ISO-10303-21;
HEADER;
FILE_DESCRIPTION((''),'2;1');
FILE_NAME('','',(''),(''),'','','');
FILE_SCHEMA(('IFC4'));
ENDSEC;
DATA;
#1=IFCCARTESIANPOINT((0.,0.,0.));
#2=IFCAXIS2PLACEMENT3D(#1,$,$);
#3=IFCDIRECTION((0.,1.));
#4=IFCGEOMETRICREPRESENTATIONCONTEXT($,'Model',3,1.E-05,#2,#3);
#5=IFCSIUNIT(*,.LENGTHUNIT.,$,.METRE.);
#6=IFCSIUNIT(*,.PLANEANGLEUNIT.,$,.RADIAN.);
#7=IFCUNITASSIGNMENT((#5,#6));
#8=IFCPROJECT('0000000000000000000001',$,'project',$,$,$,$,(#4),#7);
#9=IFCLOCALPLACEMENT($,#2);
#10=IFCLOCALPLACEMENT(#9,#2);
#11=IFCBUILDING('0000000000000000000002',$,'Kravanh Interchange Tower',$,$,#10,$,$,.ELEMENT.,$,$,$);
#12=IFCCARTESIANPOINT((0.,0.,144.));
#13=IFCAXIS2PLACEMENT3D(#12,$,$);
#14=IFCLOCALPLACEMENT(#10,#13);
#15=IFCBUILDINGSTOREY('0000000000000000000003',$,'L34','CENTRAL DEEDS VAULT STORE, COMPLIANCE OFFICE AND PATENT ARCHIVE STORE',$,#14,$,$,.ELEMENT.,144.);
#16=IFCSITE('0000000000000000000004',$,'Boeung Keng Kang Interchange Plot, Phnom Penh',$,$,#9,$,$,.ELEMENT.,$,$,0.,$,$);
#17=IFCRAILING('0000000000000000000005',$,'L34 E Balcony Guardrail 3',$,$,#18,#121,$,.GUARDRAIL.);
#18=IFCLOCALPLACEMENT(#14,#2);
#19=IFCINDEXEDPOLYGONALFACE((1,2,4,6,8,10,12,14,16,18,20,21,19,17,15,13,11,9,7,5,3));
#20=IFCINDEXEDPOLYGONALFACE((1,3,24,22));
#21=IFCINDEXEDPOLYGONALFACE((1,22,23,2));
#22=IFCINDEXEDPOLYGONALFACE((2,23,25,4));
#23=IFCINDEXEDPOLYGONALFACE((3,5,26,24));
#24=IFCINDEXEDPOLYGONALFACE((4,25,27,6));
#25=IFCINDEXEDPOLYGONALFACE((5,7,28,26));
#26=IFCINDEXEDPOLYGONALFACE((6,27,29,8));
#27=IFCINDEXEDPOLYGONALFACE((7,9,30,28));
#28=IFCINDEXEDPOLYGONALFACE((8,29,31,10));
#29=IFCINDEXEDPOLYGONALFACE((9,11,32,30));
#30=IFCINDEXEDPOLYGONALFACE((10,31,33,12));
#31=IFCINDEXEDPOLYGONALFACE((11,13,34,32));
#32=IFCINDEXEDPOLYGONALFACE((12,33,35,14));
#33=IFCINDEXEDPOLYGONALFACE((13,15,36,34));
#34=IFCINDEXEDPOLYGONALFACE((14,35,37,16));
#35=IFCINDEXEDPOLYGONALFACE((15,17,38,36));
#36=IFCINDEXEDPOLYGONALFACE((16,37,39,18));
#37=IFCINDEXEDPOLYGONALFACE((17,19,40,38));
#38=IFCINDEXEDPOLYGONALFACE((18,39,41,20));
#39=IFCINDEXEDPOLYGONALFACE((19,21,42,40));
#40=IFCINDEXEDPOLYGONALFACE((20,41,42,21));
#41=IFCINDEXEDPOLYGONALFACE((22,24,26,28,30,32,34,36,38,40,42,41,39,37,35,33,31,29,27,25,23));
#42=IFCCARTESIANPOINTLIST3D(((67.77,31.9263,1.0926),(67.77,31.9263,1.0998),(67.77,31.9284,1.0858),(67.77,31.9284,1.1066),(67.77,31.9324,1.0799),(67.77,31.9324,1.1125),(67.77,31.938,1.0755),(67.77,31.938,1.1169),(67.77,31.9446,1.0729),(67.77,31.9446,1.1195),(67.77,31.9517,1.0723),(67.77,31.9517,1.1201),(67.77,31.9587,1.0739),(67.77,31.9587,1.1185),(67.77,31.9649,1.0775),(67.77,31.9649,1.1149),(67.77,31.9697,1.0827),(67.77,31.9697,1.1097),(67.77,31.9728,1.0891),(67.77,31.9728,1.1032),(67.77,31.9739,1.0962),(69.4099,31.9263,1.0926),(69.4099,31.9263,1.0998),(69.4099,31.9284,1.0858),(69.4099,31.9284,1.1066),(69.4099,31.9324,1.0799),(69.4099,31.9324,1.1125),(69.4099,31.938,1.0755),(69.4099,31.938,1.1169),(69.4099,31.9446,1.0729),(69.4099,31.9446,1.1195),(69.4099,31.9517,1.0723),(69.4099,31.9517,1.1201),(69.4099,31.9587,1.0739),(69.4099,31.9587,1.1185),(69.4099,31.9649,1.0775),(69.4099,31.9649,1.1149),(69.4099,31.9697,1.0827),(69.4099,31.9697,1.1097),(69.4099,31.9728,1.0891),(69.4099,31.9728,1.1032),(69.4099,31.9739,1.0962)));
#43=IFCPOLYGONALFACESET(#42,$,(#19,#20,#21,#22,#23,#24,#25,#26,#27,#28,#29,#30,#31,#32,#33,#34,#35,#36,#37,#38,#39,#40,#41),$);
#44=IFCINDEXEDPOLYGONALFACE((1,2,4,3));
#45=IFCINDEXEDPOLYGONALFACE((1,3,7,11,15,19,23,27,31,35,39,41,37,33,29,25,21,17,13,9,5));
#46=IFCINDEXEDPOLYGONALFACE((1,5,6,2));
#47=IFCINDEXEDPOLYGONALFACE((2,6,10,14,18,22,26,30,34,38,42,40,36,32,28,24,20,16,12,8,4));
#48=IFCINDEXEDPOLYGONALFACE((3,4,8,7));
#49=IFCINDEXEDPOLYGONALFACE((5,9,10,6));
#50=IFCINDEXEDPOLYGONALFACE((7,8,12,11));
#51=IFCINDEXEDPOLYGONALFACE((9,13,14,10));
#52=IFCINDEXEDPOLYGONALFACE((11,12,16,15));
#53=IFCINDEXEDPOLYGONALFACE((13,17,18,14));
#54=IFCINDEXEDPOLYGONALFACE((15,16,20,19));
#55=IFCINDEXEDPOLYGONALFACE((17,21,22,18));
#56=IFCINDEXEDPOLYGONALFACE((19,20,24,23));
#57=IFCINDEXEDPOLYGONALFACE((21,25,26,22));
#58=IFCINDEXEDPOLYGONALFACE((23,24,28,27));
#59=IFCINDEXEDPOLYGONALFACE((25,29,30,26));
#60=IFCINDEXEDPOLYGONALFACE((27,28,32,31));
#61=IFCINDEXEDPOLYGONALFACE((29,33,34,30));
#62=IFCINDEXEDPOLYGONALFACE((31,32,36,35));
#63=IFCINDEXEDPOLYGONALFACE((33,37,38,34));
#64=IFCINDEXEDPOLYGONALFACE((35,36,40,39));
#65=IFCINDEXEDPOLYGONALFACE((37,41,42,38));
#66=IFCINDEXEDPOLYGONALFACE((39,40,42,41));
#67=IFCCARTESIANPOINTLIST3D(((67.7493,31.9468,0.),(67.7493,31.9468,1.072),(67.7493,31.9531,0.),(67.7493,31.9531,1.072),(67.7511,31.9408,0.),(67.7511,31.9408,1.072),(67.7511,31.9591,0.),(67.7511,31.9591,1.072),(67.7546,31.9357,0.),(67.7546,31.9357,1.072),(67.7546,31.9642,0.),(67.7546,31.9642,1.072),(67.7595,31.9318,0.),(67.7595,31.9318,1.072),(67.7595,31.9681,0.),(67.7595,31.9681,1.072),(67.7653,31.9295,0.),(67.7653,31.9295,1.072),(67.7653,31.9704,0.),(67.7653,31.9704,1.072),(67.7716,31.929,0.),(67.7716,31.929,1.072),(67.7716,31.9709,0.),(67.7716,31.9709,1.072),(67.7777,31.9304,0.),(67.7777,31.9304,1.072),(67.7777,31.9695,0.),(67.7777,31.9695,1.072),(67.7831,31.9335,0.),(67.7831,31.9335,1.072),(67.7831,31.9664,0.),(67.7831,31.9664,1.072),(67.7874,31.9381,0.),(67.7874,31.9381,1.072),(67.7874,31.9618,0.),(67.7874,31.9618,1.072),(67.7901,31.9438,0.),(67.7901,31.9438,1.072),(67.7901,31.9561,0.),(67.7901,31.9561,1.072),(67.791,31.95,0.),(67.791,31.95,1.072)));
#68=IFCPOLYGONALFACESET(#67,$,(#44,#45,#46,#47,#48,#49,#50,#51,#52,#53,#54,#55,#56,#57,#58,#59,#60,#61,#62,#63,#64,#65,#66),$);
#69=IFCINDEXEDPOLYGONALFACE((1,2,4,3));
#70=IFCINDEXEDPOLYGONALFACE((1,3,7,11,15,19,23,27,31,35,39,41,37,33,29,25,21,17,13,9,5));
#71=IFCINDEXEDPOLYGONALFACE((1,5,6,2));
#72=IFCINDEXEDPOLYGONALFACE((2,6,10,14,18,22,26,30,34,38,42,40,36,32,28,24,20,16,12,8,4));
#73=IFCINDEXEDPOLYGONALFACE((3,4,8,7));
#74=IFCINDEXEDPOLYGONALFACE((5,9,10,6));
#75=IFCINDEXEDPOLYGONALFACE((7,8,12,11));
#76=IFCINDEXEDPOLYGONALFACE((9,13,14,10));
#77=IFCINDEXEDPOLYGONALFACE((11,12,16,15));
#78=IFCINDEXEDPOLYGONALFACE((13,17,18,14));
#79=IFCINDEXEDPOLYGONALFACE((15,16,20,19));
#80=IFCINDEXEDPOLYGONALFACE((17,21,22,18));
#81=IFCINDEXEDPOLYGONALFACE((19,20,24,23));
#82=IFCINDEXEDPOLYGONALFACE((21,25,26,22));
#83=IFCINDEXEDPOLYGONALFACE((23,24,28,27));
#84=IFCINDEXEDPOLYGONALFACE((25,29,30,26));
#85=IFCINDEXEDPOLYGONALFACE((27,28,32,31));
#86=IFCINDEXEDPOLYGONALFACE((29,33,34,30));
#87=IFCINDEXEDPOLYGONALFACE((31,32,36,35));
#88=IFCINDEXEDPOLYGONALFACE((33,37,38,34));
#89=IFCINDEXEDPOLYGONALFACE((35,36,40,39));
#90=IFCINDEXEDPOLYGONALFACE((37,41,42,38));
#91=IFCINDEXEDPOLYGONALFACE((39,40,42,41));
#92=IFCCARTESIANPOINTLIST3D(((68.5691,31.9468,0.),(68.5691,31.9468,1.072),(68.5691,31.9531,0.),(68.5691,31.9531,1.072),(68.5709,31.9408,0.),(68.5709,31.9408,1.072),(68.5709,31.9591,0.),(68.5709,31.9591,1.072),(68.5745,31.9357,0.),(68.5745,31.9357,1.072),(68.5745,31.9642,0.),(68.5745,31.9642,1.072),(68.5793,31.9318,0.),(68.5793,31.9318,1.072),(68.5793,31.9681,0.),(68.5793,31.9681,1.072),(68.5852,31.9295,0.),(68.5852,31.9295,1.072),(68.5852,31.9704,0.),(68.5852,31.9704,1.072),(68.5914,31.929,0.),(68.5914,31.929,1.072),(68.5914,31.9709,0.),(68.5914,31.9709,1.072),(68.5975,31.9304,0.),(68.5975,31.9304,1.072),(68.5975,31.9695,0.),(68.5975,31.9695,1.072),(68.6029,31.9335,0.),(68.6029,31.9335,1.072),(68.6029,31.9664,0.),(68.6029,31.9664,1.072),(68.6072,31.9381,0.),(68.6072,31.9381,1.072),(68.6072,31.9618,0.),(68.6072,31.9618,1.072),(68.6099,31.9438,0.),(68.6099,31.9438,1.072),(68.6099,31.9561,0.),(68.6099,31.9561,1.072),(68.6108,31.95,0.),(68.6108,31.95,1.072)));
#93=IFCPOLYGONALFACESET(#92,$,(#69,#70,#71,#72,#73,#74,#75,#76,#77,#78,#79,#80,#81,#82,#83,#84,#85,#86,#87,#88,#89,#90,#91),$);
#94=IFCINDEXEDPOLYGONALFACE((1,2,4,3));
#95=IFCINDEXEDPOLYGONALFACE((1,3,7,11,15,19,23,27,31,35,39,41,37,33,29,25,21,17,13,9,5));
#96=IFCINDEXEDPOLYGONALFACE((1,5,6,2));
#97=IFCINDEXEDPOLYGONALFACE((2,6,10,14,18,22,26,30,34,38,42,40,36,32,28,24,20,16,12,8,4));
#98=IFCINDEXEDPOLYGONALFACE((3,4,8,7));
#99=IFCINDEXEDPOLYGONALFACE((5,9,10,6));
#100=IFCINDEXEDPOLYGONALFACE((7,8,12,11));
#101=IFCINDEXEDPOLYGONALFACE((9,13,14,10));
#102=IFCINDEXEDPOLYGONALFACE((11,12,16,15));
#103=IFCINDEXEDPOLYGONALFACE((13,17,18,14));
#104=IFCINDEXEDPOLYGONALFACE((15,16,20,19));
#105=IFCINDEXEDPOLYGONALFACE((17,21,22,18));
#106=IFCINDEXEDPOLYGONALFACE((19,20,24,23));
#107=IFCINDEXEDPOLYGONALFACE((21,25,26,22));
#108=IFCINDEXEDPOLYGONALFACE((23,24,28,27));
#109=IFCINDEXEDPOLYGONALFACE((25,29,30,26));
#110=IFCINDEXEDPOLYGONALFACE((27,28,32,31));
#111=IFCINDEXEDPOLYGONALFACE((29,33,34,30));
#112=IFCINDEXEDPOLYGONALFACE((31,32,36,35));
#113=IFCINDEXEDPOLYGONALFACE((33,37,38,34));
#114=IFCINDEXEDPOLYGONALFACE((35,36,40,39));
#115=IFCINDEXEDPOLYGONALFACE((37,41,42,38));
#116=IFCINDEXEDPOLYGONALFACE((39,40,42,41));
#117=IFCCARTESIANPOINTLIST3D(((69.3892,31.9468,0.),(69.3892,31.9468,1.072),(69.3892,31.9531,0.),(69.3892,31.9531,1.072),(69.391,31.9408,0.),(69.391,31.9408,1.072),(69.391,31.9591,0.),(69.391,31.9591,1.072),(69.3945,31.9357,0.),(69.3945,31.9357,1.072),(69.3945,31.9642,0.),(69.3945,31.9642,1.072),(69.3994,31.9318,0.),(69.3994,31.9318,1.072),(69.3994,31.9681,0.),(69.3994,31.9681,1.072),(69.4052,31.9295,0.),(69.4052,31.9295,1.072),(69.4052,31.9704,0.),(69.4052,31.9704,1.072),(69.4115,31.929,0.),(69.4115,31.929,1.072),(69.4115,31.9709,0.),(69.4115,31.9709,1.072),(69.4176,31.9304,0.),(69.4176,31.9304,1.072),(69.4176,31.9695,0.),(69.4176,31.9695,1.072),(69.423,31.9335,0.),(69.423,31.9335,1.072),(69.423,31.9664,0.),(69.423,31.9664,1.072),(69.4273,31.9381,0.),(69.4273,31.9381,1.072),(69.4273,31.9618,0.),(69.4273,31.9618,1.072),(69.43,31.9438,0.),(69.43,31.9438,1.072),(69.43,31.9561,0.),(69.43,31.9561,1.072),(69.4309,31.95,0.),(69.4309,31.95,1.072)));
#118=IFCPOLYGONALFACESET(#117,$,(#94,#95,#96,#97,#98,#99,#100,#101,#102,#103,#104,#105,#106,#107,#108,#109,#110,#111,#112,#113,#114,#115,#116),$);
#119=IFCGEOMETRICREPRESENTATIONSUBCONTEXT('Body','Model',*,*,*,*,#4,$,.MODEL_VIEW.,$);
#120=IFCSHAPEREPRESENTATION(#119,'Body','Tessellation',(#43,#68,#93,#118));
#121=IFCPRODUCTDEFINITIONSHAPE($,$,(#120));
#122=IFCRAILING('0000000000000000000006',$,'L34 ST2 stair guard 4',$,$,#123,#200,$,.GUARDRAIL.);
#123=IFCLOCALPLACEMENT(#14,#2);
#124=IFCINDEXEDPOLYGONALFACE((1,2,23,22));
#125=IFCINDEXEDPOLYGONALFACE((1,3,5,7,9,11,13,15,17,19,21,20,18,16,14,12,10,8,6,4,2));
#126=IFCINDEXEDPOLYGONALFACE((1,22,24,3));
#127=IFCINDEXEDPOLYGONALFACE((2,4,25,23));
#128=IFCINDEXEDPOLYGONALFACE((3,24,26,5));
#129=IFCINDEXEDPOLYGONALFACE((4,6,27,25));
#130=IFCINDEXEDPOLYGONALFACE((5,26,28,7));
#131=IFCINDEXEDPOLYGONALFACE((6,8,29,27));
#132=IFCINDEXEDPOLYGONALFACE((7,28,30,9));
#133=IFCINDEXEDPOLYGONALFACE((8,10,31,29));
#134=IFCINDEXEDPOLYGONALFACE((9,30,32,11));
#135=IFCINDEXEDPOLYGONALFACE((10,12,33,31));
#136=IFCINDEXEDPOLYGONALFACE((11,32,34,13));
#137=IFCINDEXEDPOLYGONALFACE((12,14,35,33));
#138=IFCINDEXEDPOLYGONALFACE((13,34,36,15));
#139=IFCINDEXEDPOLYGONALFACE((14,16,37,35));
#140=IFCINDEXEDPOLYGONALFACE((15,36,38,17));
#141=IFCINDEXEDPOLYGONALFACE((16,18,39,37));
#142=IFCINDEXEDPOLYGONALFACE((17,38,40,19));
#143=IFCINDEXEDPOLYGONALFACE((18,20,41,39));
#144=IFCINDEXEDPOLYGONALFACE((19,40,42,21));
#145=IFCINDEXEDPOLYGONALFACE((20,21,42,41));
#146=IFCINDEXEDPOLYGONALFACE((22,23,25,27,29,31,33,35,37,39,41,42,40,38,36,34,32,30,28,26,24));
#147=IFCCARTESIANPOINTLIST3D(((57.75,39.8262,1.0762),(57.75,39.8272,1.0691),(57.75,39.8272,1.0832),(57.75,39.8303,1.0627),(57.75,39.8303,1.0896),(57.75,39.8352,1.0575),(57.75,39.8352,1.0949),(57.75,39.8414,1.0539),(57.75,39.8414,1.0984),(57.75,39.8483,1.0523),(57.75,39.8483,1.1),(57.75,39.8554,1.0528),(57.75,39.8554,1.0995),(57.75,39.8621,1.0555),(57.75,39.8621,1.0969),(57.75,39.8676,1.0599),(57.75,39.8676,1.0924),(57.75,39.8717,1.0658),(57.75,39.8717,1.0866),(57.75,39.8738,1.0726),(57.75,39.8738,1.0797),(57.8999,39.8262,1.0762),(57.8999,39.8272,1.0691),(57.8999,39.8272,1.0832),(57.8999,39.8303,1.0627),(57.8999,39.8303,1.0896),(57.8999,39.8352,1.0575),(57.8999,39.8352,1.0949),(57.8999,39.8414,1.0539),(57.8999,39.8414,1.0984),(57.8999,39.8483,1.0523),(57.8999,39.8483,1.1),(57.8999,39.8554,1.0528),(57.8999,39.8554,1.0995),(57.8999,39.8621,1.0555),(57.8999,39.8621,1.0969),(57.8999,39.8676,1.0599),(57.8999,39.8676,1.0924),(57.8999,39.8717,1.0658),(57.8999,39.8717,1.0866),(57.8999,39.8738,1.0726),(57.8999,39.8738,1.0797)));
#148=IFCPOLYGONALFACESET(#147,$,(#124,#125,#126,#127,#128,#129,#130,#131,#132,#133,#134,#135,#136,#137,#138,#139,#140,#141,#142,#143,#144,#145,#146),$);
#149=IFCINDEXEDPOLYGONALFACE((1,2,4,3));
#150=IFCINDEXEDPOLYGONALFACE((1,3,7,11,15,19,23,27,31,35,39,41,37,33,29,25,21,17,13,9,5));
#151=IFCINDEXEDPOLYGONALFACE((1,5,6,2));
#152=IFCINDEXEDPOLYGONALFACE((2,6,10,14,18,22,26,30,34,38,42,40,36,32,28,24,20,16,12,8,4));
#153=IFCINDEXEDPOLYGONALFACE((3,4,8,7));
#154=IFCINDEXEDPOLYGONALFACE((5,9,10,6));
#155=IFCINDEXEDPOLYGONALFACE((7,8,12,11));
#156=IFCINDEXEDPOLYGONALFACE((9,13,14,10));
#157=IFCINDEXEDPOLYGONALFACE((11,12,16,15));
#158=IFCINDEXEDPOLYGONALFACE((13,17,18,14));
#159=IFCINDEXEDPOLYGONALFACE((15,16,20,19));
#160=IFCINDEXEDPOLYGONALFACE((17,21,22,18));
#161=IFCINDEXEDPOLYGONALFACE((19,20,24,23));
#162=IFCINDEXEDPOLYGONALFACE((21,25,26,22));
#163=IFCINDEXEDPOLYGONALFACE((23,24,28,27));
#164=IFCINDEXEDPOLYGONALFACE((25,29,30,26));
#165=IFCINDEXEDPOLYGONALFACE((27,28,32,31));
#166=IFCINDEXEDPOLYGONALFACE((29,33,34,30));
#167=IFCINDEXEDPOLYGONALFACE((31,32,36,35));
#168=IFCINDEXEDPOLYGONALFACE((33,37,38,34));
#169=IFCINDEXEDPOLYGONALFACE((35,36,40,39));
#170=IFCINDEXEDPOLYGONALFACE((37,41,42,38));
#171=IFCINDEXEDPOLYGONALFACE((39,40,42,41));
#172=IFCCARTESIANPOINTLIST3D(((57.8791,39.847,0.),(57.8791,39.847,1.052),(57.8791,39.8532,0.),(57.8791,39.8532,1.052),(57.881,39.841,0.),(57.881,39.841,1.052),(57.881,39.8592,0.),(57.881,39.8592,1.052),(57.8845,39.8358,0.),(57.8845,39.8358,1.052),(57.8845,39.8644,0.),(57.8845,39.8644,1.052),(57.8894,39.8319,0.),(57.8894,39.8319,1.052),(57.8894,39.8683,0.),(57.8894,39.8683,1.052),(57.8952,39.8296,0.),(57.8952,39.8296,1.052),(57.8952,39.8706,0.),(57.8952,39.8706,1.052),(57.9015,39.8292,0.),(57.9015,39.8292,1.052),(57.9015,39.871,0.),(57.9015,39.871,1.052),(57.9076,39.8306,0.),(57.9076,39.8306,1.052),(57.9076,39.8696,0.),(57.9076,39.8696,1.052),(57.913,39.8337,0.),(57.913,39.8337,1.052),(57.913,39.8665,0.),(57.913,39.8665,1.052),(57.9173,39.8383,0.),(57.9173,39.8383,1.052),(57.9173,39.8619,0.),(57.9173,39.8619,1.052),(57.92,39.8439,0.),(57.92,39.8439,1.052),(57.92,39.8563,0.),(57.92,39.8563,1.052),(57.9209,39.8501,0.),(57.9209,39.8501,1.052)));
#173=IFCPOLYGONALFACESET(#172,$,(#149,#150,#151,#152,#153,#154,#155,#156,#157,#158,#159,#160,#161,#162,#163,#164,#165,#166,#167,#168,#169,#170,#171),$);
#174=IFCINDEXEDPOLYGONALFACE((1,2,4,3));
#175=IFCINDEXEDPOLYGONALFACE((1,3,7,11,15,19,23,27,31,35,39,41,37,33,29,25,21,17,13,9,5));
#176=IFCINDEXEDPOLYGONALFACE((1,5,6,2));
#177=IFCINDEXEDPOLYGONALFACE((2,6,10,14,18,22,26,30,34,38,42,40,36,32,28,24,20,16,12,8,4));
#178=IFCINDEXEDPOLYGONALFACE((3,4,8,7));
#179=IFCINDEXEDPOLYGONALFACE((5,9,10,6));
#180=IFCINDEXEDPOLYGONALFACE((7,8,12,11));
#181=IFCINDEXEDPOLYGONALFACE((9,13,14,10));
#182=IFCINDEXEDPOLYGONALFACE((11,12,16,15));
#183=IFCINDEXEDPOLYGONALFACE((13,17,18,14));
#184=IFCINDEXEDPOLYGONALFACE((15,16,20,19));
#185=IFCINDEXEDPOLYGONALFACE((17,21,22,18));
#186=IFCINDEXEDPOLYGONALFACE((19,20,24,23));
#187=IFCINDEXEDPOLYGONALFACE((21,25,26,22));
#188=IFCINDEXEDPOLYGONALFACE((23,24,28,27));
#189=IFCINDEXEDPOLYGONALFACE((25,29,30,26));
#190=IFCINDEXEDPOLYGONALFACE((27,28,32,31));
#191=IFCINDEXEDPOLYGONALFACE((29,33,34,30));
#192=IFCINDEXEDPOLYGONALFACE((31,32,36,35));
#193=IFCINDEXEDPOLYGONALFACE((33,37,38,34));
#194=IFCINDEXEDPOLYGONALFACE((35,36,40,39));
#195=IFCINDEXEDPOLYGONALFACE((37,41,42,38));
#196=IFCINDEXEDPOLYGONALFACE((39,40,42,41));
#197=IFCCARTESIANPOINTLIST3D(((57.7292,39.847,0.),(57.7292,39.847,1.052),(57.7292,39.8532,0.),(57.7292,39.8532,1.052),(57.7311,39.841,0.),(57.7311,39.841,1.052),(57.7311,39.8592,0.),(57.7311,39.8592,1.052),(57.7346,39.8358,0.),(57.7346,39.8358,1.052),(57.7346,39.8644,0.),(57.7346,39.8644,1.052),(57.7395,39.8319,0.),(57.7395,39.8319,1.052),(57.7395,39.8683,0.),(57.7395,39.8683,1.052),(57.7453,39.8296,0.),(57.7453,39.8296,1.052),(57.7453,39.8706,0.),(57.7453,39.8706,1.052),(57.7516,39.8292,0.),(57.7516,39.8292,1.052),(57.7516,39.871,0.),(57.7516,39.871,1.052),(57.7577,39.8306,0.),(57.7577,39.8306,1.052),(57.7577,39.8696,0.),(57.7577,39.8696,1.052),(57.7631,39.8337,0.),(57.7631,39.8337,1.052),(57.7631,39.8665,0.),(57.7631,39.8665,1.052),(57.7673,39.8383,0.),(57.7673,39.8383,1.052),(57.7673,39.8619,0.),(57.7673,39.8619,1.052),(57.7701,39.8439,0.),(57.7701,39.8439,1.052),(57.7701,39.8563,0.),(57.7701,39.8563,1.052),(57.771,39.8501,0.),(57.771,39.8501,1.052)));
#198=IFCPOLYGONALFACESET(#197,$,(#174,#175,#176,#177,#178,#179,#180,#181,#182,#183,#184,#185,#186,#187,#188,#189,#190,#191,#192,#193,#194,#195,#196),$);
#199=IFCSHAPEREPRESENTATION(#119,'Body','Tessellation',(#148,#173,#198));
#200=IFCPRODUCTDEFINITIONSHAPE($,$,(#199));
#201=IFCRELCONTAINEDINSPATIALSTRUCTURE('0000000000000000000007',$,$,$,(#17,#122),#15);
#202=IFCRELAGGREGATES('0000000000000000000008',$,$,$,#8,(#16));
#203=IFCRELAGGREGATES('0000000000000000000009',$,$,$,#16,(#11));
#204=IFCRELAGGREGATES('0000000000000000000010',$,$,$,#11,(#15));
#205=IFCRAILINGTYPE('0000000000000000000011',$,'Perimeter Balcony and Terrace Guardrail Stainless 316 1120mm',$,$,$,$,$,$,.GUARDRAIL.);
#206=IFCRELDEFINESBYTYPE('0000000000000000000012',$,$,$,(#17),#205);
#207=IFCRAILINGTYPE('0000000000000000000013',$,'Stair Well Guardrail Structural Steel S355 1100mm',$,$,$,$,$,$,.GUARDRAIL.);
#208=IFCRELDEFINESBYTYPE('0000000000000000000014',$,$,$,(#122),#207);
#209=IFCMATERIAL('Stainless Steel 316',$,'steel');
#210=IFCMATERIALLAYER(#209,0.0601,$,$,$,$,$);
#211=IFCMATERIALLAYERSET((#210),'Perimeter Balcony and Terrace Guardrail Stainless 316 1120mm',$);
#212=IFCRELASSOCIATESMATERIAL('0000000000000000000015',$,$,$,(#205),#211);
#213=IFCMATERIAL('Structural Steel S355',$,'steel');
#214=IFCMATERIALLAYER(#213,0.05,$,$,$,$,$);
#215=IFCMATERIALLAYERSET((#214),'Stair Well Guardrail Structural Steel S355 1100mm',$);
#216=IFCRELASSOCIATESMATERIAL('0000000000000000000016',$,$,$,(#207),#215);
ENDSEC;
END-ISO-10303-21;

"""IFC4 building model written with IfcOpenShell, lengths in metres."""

from ifc_helpers import new_model, si_unit, direction, frame, origin, origin_2d, place, context, subcontext, project, spatial, circle, extrude, material, layer, layer_set, type_object, element, save


model = new_model("IFC4")

# Units and contexts
model_context = context("Model", 3, precision=1e-05, world=origin(), true_north=direction((0.0, 1.0)))
body_context = subcontext(model_context, "Body", "Model", "MODEL_VIEW")
ifc_project = project(units=[si_unit("LENGTHUNIT", "METRE"), si_unit("PLANEANGLEUNIT", "RADIAN")], contexts=[model_context])

# Site, building, storey
site_placement = place(None, origin())
site = spatial("IfcSite", under=ifc_project, at=site_placement, Name="Boeung Keng Kang Interchange Plot, Phnom Penh", CompositionType="ELEMENT", RefElevation=0.0)
building_placement = place(site_placement, origin())
building = spatial("IfcBuilding", under=site, at=building_placement, Name="Kravanh Interchange Tower", CompositionType="ELEMENT")
storey_placement = place(building_placement, frame((0.0, 0.0, 144.0)))
storey = spatial("IfcBuildingStorey", under=building, at=storey_placement, Name="L34", Description="CENTRAL DEEDS VAULT STORE, COMPLIANCE OFFICE AND PATENT ARCHIVE STORE", CompositionType="ELEMENT", Elevation=144.0)

# Railings
ifc_material_1 = material(Name="Stainless Steel 316", Category="steel")
ifc_layer_1 = layer(ifc_material_1, 0.0601)
ifc_layer_set_1 = layer_set([ifc_layer_1], Name="Perimeter Balcony and Terrace Guardrail Stainless 316 1120mm")
railing_type_1 = type_object("IfcRailingType", Name="Perimeter Balcony and Terrace Guardrail Stainless 316 1120mm", PredefinedType="GUARDRAIL", material=ifc_layer_set_1)
railing_1_placement = place(storey_placement, frame((67.77, 31.95, 0.0)))
element("IfcRailing", 1, at=railing_1_placement, inside=storey, type_object=railing_type_1, Name="L34 E Balcony Guardrail 3", PredefinedType="GUARDRAIL", context=body_context, shape_type="SweptSolid", body=[
    extrude(circle(Radius=0.0239, at=origin_2d()), frame((0.0, 0.0, 1.0962), z_axis=(1.0, 0.0, 0.0), x_axis=(0.0, 1.0, 0.0)), (0.0, 0.0, 1.0), 1.6399),
    extrude(circle(Radius=0.021, at=origin_2d()), origin(), (0.0, 0.0, 1.0), 1.072),
    extrude(circle(Radius=0.021, at=origin_2d()), frame((0.8198, 0.0, 0.0)), (0.0, 0.0, 1.0), 1.072),
    extrude(circle(Radius=0.021, at=origin_2d()), frame((1.6399, 0.0, 0.0)), (0.0, 0.0, 1.0), 1.072),
])
ifc_material_2 = material(Name="Structural Steel S355", Category="steel")
ifc_layer_2 = layer(ifc_material_2, 0.05)
ifc_layer_set_2 = layer_set([ifc_layer_2], Name="Stair Well Guardrail Structural Steel S355 1100mm")
railing_type_2 = type_object("IfcRailingType", Name="Stair Well Guardrail Structural Steel S355 1100mm", PredefinedType="GUARDRAIL", material=ifc_layer_set_2)
railing_2_placement = place(storey_placement, frame((57.8999, 39.8501, 0.0)))
element("IfcRailing", 2, at=railing_2_placement, inside=storey, type_object=railing_type_2, Name="L34 ST2 stair guard 4", PredefinedType="GUARDRAIL", context=body_context, shape_type="SweptSolid", body=[
    extrude(circle(Radius=0.0239, at=origin_2d()), frame((0.0, 0.0, 1.0762), z_axis=(-1.0, 0.0, 0.0), x_axis=(0.0, -1.0, 0.0)), (0.0, 0.0, 1.0), 0.1499),
    extrude(circle(Radius=0.021, at=origin_2d()), origin(), (0.0, 0.0, 1.0), 1.052),
    extrude(circle(Radius=0.021, at=origin_2d()), frame((-0.1499, 0.0, 0.0)), (0.0, 0.0, 1.0), 1.052),
])

save(model, "model.ifc")
